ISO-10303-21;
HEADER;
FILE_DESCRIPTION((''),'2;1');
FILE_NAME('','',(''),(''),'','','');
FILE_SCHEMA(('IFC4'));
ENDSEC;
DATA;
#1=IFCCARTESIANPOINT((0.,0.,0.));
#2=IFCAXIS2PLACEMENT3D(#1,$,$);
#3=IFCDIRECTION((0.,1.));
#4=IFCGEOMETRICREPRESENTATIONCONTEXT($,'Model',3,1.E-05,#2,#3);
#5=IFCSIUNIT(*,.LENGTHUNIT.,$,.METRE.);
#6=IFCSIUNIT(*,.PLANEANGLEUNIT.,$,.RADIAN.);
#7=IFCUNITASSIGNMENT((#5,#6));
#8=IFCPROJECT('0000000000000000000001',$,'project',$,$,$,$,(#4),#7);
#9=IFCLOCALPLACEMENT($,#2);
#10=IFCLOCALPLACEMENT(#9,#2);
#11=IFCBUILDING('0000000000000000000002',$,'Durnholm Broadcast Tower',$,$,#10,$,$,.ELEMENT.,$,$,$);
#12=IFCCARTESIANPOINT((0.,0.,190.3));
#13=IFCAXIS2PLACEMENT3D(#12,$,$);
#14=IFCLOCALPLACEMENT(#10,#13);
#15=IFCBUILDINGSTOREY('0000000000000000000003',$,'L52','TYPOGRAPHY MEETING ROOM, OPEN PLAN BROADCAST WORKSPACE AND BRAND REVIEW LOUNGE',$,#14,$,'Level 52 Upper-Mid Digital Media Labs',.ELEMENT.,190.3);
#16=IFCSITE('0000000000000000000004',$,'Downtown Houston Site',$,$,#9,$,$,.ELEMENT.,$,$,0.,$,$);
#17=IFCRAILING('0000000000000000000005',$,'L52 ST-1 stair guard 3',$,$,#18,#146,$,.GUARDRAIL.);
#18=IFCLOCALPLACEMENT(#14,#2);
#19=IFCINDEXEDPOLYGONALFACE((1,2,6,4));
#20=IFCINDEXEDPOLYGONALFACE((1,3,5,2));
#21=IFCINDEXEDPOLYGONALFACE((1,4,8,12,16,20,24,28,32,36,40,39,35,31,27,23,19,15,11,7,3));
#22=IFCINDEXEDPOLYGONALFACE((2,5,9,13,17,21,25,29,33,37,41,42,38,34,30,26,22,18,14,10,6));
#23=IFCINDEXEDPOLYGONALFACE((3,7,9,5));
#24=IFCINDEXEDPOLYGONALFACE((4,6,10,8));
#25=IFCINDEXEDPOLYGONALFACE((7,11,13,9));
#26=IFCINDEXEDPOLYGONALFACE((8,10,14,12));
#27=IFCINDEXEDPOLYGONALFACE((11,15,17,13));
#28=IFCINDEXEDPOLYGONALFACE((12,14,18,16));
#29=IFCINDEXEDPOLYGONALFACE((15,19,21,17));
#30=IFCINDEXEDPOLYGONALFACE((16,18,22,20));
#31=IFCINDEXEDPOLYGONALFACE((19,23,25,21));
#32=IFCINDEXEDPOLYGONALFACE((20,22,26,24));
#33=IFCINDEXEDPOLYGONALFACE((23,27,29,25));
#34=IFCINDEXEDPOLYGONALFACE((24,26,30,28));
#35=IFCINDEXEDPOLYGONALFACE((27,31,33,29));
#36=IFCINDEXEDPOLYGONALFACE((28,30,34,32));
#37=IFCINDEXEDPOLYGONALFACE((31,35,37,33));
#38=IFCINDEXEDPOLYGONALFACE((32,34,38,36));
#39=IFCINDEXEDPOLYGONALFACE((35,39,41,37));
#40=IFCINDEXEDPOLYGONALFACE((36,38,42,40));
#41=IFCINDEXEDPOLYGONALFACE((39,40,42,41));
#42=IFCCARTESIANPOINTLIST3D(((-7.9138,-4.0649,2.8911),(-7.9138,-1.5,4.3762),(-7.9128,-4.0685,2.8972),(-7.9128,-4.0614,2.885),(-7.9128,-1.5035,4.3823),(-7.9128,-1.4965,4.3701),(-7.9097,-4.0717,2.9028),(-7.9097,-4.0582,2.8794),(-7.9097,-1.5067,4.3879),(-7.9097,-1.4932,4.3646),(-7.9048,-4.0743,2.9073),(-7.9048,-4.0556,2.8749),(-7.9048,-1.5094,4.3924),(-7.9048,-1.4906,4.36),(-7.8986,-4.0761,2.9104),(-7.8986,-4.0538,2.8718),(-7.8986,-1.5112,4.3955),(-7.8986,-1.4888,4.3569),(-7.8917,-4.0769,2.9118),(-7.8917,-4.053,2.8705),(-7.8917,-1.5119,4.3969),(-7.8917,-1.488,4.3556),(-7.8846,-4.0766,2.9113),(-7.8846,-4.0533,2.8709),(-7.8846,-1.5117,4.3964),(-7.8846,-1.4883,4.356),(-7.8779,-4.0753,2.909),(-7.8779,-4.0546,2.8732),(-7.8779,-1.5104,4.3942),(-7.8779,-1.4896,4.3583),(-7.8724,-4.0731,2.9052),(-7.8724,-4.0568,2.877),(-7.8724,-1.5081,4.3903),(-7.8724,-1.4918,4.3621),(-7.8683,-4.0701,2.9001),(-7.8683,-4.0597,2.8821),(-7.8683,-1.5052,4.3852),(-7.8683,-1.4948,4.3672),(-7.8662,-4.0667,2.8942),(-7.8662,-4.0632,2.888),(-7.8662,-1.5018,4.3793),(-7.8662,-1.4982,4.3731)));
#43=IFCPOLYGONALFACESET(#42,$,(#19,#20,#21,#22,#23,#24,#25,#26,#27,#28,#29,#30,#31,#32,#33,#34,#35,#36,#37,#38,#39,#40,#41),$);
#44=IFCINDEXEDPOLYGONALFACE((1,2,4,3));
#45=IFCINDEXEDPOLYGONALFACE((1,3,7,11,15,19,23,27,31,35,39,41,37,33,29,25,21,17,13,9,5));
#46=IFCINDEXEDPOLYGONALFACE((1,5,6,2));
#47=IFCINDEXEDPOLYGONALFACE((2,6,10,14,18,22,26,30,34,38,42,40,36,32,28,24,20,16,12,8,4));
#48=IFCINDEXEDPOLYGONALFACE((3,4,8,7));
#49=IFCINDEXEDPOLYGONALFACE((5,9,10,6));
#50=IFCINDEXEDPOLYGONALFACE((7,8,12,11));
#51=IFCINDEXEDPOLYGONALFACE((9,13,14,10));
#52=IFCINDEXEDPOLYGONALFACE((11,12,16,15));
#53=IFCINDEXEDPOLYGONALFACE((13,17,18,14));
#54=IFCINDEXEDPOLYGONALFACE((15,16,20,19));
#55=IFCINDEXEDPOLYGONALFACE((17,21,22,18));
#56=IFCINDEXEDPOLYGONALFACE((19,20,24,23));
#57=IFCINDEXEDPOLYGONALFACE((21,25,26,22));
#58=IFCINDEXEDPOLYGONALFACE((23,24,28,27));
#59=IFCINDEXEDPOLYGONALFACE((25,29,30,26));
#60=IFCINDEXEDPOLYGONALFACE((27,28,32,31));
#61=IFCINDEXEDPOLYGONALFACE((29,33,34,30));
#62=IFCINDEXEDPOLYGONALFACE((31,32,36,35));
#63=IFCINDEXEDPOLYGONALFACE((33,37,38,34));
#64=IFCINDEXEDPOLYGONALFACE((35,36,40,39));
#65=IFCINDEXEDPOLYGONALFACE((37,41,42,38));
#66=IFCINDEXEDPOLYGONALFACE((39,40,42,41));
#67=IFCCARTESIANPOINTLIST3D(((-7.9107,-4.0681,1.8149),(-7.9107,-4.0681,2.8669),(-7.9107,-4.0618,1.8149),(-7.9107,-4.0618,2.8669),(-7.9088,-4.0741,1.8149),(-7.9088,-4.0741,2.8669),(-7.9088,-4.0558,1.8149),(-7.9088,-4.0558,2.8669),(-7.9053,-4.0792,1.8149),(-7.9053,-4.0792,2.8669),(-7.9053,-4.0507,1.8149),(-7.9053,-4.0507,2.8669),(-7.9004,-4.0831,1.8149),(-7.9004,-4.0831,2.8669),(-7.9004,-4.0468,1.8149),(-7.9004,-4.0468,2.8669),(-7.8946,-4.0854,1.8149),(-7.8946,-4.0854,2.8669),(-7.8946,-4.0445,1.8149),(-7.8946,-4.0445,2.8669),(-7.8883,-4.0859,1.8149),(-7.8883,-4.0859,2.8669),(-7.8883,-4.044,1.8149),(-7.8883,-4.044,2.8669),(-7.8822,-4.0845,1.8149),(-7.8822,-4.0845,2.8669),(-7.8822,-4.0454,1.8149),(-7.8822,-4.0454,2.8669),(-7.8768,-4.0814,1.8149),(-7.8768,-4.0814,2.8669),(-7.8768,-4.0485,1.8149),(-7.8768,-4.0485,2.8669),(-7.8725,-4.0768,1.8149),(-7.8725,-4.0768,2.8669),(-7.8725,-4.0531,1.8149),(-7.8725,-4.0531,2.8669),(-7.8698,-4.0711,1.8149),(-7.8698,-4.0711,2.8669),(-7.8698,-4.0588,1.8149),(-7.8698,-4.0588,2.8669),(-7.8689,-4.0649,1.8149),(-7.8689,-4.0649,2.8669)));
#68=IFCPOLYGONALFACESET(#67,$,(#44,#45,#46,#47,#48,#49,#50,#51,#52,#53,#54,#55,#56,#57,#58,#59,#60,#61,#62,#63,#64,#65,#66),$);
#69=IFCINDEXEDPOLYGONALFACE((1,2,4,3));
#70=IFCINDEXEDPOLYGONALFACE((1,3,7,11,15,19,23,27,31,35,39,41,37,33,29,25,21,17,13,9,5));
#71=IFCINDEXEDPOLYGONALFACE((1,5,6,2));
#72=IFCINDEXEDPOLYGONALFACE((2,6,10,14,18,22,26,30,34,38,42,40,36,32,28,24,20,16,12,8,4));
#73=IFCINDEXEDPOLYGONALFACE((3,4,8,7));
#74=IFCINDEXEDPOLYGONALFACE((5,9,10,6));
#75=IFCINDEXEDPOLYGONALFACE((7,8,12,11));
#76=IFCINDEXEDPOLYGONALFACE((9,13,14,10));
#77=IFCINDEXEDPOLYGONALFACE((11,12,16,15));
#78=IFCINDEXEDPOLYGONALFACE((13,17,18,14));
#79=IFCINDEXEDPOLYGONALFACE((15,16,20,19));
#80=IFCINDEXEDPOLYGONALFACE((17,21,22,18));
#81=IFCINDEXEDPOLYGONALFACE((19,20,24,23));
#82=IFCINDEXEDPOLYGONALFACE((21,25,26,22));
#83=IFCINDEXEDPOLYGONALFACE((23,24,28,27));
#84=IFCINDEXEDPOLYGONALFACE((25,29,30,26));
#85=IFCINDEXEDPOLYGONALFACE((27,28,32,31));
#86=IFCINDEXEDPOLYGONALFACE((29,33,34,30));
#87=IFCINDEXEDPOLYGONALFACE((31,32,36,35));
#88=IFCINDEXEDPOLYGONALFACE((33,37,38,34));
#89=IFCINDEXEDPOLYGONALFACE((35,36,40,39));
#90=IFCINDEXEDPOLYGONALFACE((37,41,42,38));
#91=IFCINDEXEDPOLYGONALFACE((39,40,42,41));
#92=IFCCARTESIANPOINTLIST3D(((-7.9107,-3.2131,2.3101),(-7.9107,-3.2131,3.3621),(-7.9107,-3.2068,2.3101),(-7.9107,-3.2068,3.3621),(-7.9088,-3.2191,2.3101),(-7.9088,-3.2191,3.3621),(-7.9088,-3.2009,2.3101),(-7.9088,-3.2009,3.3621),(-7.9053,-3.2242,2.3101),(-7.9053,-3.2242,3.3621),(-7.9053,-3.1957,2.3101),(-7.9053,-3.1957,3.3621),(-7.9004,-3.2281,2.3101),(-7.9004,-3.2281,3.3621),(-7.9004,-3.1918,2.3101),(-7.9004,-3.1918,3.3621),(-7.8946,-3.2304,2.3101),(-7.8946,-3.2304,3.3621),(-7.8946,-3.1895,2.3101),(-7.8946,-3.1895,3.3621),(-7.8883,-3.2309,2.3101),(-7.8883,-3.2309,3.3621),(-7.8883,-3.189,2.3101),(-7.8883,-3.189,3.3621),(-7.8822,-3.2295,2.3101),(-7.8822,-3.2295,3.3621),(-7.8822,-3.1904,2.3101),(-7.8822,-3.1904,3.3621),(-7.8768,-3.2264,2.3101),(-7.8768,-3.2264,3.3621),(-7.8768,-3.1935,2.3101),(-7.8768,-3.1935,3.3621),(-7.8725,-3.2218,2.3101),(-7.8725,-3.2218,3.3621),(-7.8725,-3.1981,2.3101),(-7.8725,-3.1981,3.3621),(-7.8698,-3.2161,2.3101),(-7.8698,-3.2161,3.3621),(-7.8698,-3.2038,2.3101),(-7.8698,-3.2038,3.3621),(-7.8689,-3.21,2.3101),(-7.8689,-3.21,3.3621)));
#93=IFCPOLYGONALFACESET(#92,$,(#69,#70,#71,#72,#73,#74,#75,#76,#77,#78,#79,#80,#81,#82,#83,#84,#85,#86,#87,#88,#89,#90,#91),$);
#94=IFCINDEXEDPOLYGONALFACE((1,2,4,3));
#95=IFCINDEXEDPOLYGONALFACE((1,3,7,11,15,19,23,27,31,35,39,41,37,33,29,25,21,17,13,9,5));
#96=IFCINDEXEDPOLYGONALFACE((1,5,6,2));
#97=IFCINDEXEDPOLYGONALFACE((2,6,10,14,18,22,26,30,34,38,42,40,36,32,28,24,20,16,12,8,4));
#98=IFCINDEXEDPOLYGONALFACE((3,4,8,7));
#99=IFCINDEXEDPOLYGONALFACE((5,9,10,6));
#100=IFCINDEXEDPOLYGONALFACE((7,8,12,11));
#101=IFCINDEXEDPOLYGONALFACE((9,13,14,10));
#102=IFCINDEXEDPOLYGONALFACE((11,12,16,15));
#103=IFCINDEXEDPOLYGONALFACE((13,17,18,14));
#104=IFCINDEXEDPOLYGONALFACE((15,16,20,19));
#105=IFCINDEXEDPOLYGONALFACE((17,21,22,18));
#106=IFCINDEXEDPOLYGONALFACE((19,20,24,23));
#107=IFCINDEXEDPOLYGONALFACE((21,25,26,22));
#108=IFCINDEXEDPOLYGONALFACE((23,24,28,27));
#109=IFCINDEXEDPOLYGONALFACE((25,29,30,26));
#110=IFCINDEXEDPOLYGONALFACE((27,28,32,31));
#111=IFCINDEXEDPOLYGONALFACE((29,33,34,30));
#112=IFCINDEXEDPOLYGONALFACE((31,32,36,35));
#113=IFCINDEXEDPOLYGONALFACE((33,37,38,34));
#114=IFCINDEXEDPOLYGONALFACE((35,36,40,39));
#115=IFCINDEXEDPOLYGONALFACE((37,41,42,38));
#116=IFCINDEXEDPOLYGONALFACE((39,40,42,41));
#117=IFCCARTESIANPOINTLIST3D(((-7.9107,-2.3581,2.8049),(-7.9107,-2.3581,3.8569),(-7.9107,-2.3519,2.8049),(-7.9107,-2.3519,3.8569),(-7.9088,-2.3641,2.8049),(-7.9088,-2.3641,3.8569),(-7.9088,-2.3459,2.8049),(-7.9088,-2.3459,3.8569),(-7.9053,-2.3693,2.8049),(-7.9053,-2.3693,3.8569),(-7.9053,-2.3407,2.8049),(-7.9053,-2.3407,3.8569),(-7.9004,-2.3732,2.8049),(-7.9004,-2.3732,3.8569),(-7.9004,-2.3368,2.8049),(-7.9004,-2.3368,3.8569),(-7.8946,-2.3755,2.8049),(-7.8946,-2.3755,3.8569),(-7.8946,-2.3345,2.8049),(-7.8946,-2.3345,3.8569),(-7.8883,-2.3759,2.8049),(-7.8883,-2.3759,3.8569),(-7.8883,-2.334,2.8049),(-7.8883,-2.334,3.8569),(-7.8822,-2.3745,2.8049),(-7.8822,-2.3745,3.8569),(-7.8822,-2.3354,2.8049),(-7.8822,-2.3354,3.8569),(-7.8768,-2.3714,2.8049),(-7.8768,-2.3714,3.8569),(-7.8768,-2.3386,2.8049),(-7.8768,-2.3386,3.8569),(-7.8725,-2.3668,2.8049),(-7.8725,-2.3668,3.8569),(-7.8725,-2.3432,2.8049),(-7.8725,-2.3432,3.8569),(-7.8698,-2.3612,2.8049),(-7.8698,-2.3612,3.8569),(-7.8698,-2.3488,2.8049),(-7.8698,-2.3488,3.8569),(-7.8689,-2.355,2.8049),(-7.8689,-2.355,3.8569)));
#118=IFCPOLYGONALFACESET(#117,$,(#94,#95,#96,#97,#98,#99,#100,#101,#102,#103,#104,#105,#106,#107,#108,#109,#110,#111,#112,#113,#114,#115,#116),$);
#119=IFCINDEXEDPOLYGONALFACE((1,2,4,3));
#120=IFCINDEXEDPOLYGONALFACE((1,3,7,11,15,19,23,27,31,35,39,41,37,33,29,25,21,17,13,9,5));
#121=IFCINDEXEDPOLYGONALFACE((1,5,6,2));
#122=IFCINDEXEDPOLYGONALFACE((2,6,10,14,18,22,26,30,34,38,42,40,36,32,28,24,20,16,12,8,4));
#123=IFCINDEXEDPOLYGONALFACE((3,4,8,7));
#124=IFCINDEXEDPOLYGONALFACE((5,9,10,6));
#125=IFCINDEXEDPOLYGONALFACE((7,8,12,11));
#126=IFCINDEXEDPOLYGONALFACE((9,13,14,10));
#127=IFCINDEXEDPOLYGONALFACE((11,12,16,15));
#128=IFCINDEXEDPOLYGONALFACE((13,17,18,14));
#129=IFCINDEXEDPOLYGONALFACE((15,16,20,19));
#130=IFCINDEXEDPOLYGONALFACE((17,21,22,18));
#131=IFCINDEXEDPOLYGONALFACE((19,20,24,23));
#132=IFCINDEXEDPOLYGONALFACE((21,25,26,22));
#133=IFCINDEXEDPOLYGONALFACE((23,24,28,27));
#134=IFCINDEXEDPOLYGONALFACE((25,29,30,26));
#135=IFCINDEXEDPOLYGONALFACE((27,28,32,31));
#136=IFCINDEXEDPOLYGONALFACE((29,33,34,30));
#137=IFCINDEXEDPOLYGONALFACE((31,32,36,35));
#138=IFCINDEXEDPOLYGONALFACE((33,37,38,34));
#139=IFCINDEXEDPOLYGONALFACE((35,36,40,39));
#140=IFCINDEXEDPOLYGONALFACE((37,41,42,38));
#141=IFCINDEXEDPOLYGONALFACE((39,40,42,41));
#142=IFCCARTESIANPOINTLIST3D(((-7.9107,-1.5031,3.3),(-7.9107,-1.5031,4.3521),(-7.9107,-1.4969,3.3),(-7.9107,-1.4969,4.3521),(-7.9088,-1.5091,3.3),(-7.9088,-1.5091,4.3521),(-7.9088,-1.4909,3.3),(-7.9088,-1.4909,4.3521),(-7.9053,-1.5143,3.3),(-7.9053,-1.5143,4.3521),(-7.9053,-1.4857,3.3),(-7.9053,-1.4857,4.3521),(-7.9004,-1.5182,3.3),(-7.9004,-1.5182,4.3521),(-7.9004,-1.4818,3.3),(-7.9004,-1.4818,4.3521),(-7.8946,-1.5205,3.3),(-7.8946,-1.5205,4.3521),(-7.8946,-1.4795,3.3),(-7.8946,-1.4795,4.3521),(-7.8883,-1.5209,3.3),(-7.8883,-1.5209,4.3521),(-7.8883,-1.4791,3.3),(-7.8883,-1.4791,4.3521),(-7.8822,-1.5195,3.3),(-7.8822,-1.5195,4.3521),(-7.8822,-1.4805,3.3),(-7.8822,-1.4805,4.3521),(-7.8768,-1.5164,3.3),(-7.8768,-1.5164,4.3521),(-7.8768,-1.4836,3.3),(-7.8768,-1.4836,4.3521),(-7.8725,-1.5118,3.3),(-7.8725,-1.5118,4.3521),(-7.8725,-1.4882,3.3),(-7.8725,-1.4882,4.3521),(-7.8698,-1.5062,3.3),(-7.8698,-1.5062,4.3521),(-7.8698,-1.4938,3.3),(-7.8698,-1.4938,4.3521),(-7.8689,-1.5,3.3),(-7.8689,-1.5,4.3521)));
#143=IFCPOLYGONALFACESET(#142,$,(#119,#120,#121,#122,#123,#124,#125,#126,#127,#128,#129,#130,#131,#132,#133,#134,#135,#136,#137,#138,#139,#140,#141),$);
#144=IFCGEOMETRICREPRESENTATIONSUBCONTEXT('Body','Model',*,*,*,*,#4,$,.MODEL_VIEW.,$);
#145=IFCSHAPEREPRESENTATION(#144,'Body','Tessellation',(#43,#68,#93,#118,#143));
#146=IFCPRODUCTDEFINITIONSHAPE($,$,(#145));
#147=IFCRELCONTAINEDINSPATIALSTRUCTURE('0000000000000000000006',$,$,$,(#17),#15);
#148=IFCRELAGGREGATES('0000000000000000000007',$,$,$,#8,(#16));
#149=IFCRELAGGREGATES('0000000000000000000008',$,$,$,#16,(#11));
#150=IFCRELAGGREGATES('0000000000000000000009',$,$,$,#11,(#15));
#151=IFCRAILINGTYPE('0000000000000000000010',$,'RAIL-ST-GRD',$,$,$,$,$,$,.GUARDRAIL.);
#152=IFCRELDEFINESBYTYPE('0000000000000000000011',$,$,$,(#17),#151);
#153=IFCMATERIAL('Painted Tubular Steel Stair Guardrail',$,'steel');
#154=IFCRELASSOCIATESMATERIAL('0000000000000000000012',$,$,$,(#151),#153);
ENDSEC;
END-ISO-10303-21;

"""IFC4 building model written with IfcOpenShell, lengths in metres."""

from ifc_helpers import new_model, si_unit, direction, frame, origin, origin_2d, place, context, subcontext, project, spatial, circle, extrude, material, type_object, element, save


model = new_model("IFC4")

# Units and contexts
model_context = context("Model", 3, precision=1e-05, world=origin(), true_north=direction((0.0, 1.0)))
body_context = subcontext(model_context, "Body", "Model", "MODEL_VIEW")
ifc_project = project(units=[si_unit("LENGTHUNIT", "METRE"), si_unit("PLANEANGLEUNIT", "RADIAN")], contexts=[model_context])

# Site, building, storey
site_placement = place(None, origin())
site = spatial("IfcSite", under=ifc_project, at=site_placement, Name="Downtown Houston Site", CompositionType="ELEMENT", RefElevation=0.0)
building_placement = place(site_placement, origin())
building = spatial("IfcBuilding", under=site, at=building_placement, Name="Durnholm Broadcast Tower", CompositionType="ELEMENT")
storey_placement = place(building_placement, frame((0.0, 0.0, 190.3)))
storey = spatial("IfcBuildingStorey", under=building, at=storey_placement, Name="L52", Description="TYPOGRAPHY MEETING ROOM, OPEN PLAN BROADCAST WORKSPACE AND BRAND REVIEW LOUNGE", LongName="Level 52 Upper-Mid Digital Media Labs", CompositionType="ELEMENT", Elevation=190.3)

# Railing
ifc_material_1 = material(Name="Painted Tubular Steel Stair Guardrail", Category="steel")
railing_type_1 = type_object("IfcRailingType", Name="RAIL-ST-GRD", PredefinedType="GUARDRAIL", material=ifc_material_1)
railing_1_placement = place(storey_placement, frame((-7.8899, -4.0649, 1.8149)))
element("IfcRailing", 1, at=railing_1_placement, inside=storey, type_object=railing_type_1, Name="L52 ST-1 stair guard 3", PredefinedType="GUARDRAIL", context=body_context, shape_type="SweptSolid", body=[
    extrude(circle(Radius=0.0239, at=origin_2d()), frame((0.0, 0.0, 1.0762), z_axis=(0.0, 0.865406, 0.501072), x_axis=(-1.0, 0.0, 0.0)), (0.0, 0.0, 1.0), 2.9639),
    extrude(circle(Radius=0.021, at=origin_2d()), origin(), (0.0, 0.0, 1.0), 1.052),
    extrude(circle(Radius=0.021, at=origin_2d()), frame((0.0, 0.855, 0.4951)), (0.0, 0.0, 1.0), 1.052),
    extrude(circle(Radius=0.021, at=origin_2d()), frame((0.0, 1.71, 0.99)), (0.0, 0.0, 1.0), 1.052),
    extrude(circle(Radius=0.021, at=origin_2d()), frame((0.0, 2.5649, 1.4851)), (0.0, 0.0, 1.0), 1.052),
])

save(model, "model.ifc")
